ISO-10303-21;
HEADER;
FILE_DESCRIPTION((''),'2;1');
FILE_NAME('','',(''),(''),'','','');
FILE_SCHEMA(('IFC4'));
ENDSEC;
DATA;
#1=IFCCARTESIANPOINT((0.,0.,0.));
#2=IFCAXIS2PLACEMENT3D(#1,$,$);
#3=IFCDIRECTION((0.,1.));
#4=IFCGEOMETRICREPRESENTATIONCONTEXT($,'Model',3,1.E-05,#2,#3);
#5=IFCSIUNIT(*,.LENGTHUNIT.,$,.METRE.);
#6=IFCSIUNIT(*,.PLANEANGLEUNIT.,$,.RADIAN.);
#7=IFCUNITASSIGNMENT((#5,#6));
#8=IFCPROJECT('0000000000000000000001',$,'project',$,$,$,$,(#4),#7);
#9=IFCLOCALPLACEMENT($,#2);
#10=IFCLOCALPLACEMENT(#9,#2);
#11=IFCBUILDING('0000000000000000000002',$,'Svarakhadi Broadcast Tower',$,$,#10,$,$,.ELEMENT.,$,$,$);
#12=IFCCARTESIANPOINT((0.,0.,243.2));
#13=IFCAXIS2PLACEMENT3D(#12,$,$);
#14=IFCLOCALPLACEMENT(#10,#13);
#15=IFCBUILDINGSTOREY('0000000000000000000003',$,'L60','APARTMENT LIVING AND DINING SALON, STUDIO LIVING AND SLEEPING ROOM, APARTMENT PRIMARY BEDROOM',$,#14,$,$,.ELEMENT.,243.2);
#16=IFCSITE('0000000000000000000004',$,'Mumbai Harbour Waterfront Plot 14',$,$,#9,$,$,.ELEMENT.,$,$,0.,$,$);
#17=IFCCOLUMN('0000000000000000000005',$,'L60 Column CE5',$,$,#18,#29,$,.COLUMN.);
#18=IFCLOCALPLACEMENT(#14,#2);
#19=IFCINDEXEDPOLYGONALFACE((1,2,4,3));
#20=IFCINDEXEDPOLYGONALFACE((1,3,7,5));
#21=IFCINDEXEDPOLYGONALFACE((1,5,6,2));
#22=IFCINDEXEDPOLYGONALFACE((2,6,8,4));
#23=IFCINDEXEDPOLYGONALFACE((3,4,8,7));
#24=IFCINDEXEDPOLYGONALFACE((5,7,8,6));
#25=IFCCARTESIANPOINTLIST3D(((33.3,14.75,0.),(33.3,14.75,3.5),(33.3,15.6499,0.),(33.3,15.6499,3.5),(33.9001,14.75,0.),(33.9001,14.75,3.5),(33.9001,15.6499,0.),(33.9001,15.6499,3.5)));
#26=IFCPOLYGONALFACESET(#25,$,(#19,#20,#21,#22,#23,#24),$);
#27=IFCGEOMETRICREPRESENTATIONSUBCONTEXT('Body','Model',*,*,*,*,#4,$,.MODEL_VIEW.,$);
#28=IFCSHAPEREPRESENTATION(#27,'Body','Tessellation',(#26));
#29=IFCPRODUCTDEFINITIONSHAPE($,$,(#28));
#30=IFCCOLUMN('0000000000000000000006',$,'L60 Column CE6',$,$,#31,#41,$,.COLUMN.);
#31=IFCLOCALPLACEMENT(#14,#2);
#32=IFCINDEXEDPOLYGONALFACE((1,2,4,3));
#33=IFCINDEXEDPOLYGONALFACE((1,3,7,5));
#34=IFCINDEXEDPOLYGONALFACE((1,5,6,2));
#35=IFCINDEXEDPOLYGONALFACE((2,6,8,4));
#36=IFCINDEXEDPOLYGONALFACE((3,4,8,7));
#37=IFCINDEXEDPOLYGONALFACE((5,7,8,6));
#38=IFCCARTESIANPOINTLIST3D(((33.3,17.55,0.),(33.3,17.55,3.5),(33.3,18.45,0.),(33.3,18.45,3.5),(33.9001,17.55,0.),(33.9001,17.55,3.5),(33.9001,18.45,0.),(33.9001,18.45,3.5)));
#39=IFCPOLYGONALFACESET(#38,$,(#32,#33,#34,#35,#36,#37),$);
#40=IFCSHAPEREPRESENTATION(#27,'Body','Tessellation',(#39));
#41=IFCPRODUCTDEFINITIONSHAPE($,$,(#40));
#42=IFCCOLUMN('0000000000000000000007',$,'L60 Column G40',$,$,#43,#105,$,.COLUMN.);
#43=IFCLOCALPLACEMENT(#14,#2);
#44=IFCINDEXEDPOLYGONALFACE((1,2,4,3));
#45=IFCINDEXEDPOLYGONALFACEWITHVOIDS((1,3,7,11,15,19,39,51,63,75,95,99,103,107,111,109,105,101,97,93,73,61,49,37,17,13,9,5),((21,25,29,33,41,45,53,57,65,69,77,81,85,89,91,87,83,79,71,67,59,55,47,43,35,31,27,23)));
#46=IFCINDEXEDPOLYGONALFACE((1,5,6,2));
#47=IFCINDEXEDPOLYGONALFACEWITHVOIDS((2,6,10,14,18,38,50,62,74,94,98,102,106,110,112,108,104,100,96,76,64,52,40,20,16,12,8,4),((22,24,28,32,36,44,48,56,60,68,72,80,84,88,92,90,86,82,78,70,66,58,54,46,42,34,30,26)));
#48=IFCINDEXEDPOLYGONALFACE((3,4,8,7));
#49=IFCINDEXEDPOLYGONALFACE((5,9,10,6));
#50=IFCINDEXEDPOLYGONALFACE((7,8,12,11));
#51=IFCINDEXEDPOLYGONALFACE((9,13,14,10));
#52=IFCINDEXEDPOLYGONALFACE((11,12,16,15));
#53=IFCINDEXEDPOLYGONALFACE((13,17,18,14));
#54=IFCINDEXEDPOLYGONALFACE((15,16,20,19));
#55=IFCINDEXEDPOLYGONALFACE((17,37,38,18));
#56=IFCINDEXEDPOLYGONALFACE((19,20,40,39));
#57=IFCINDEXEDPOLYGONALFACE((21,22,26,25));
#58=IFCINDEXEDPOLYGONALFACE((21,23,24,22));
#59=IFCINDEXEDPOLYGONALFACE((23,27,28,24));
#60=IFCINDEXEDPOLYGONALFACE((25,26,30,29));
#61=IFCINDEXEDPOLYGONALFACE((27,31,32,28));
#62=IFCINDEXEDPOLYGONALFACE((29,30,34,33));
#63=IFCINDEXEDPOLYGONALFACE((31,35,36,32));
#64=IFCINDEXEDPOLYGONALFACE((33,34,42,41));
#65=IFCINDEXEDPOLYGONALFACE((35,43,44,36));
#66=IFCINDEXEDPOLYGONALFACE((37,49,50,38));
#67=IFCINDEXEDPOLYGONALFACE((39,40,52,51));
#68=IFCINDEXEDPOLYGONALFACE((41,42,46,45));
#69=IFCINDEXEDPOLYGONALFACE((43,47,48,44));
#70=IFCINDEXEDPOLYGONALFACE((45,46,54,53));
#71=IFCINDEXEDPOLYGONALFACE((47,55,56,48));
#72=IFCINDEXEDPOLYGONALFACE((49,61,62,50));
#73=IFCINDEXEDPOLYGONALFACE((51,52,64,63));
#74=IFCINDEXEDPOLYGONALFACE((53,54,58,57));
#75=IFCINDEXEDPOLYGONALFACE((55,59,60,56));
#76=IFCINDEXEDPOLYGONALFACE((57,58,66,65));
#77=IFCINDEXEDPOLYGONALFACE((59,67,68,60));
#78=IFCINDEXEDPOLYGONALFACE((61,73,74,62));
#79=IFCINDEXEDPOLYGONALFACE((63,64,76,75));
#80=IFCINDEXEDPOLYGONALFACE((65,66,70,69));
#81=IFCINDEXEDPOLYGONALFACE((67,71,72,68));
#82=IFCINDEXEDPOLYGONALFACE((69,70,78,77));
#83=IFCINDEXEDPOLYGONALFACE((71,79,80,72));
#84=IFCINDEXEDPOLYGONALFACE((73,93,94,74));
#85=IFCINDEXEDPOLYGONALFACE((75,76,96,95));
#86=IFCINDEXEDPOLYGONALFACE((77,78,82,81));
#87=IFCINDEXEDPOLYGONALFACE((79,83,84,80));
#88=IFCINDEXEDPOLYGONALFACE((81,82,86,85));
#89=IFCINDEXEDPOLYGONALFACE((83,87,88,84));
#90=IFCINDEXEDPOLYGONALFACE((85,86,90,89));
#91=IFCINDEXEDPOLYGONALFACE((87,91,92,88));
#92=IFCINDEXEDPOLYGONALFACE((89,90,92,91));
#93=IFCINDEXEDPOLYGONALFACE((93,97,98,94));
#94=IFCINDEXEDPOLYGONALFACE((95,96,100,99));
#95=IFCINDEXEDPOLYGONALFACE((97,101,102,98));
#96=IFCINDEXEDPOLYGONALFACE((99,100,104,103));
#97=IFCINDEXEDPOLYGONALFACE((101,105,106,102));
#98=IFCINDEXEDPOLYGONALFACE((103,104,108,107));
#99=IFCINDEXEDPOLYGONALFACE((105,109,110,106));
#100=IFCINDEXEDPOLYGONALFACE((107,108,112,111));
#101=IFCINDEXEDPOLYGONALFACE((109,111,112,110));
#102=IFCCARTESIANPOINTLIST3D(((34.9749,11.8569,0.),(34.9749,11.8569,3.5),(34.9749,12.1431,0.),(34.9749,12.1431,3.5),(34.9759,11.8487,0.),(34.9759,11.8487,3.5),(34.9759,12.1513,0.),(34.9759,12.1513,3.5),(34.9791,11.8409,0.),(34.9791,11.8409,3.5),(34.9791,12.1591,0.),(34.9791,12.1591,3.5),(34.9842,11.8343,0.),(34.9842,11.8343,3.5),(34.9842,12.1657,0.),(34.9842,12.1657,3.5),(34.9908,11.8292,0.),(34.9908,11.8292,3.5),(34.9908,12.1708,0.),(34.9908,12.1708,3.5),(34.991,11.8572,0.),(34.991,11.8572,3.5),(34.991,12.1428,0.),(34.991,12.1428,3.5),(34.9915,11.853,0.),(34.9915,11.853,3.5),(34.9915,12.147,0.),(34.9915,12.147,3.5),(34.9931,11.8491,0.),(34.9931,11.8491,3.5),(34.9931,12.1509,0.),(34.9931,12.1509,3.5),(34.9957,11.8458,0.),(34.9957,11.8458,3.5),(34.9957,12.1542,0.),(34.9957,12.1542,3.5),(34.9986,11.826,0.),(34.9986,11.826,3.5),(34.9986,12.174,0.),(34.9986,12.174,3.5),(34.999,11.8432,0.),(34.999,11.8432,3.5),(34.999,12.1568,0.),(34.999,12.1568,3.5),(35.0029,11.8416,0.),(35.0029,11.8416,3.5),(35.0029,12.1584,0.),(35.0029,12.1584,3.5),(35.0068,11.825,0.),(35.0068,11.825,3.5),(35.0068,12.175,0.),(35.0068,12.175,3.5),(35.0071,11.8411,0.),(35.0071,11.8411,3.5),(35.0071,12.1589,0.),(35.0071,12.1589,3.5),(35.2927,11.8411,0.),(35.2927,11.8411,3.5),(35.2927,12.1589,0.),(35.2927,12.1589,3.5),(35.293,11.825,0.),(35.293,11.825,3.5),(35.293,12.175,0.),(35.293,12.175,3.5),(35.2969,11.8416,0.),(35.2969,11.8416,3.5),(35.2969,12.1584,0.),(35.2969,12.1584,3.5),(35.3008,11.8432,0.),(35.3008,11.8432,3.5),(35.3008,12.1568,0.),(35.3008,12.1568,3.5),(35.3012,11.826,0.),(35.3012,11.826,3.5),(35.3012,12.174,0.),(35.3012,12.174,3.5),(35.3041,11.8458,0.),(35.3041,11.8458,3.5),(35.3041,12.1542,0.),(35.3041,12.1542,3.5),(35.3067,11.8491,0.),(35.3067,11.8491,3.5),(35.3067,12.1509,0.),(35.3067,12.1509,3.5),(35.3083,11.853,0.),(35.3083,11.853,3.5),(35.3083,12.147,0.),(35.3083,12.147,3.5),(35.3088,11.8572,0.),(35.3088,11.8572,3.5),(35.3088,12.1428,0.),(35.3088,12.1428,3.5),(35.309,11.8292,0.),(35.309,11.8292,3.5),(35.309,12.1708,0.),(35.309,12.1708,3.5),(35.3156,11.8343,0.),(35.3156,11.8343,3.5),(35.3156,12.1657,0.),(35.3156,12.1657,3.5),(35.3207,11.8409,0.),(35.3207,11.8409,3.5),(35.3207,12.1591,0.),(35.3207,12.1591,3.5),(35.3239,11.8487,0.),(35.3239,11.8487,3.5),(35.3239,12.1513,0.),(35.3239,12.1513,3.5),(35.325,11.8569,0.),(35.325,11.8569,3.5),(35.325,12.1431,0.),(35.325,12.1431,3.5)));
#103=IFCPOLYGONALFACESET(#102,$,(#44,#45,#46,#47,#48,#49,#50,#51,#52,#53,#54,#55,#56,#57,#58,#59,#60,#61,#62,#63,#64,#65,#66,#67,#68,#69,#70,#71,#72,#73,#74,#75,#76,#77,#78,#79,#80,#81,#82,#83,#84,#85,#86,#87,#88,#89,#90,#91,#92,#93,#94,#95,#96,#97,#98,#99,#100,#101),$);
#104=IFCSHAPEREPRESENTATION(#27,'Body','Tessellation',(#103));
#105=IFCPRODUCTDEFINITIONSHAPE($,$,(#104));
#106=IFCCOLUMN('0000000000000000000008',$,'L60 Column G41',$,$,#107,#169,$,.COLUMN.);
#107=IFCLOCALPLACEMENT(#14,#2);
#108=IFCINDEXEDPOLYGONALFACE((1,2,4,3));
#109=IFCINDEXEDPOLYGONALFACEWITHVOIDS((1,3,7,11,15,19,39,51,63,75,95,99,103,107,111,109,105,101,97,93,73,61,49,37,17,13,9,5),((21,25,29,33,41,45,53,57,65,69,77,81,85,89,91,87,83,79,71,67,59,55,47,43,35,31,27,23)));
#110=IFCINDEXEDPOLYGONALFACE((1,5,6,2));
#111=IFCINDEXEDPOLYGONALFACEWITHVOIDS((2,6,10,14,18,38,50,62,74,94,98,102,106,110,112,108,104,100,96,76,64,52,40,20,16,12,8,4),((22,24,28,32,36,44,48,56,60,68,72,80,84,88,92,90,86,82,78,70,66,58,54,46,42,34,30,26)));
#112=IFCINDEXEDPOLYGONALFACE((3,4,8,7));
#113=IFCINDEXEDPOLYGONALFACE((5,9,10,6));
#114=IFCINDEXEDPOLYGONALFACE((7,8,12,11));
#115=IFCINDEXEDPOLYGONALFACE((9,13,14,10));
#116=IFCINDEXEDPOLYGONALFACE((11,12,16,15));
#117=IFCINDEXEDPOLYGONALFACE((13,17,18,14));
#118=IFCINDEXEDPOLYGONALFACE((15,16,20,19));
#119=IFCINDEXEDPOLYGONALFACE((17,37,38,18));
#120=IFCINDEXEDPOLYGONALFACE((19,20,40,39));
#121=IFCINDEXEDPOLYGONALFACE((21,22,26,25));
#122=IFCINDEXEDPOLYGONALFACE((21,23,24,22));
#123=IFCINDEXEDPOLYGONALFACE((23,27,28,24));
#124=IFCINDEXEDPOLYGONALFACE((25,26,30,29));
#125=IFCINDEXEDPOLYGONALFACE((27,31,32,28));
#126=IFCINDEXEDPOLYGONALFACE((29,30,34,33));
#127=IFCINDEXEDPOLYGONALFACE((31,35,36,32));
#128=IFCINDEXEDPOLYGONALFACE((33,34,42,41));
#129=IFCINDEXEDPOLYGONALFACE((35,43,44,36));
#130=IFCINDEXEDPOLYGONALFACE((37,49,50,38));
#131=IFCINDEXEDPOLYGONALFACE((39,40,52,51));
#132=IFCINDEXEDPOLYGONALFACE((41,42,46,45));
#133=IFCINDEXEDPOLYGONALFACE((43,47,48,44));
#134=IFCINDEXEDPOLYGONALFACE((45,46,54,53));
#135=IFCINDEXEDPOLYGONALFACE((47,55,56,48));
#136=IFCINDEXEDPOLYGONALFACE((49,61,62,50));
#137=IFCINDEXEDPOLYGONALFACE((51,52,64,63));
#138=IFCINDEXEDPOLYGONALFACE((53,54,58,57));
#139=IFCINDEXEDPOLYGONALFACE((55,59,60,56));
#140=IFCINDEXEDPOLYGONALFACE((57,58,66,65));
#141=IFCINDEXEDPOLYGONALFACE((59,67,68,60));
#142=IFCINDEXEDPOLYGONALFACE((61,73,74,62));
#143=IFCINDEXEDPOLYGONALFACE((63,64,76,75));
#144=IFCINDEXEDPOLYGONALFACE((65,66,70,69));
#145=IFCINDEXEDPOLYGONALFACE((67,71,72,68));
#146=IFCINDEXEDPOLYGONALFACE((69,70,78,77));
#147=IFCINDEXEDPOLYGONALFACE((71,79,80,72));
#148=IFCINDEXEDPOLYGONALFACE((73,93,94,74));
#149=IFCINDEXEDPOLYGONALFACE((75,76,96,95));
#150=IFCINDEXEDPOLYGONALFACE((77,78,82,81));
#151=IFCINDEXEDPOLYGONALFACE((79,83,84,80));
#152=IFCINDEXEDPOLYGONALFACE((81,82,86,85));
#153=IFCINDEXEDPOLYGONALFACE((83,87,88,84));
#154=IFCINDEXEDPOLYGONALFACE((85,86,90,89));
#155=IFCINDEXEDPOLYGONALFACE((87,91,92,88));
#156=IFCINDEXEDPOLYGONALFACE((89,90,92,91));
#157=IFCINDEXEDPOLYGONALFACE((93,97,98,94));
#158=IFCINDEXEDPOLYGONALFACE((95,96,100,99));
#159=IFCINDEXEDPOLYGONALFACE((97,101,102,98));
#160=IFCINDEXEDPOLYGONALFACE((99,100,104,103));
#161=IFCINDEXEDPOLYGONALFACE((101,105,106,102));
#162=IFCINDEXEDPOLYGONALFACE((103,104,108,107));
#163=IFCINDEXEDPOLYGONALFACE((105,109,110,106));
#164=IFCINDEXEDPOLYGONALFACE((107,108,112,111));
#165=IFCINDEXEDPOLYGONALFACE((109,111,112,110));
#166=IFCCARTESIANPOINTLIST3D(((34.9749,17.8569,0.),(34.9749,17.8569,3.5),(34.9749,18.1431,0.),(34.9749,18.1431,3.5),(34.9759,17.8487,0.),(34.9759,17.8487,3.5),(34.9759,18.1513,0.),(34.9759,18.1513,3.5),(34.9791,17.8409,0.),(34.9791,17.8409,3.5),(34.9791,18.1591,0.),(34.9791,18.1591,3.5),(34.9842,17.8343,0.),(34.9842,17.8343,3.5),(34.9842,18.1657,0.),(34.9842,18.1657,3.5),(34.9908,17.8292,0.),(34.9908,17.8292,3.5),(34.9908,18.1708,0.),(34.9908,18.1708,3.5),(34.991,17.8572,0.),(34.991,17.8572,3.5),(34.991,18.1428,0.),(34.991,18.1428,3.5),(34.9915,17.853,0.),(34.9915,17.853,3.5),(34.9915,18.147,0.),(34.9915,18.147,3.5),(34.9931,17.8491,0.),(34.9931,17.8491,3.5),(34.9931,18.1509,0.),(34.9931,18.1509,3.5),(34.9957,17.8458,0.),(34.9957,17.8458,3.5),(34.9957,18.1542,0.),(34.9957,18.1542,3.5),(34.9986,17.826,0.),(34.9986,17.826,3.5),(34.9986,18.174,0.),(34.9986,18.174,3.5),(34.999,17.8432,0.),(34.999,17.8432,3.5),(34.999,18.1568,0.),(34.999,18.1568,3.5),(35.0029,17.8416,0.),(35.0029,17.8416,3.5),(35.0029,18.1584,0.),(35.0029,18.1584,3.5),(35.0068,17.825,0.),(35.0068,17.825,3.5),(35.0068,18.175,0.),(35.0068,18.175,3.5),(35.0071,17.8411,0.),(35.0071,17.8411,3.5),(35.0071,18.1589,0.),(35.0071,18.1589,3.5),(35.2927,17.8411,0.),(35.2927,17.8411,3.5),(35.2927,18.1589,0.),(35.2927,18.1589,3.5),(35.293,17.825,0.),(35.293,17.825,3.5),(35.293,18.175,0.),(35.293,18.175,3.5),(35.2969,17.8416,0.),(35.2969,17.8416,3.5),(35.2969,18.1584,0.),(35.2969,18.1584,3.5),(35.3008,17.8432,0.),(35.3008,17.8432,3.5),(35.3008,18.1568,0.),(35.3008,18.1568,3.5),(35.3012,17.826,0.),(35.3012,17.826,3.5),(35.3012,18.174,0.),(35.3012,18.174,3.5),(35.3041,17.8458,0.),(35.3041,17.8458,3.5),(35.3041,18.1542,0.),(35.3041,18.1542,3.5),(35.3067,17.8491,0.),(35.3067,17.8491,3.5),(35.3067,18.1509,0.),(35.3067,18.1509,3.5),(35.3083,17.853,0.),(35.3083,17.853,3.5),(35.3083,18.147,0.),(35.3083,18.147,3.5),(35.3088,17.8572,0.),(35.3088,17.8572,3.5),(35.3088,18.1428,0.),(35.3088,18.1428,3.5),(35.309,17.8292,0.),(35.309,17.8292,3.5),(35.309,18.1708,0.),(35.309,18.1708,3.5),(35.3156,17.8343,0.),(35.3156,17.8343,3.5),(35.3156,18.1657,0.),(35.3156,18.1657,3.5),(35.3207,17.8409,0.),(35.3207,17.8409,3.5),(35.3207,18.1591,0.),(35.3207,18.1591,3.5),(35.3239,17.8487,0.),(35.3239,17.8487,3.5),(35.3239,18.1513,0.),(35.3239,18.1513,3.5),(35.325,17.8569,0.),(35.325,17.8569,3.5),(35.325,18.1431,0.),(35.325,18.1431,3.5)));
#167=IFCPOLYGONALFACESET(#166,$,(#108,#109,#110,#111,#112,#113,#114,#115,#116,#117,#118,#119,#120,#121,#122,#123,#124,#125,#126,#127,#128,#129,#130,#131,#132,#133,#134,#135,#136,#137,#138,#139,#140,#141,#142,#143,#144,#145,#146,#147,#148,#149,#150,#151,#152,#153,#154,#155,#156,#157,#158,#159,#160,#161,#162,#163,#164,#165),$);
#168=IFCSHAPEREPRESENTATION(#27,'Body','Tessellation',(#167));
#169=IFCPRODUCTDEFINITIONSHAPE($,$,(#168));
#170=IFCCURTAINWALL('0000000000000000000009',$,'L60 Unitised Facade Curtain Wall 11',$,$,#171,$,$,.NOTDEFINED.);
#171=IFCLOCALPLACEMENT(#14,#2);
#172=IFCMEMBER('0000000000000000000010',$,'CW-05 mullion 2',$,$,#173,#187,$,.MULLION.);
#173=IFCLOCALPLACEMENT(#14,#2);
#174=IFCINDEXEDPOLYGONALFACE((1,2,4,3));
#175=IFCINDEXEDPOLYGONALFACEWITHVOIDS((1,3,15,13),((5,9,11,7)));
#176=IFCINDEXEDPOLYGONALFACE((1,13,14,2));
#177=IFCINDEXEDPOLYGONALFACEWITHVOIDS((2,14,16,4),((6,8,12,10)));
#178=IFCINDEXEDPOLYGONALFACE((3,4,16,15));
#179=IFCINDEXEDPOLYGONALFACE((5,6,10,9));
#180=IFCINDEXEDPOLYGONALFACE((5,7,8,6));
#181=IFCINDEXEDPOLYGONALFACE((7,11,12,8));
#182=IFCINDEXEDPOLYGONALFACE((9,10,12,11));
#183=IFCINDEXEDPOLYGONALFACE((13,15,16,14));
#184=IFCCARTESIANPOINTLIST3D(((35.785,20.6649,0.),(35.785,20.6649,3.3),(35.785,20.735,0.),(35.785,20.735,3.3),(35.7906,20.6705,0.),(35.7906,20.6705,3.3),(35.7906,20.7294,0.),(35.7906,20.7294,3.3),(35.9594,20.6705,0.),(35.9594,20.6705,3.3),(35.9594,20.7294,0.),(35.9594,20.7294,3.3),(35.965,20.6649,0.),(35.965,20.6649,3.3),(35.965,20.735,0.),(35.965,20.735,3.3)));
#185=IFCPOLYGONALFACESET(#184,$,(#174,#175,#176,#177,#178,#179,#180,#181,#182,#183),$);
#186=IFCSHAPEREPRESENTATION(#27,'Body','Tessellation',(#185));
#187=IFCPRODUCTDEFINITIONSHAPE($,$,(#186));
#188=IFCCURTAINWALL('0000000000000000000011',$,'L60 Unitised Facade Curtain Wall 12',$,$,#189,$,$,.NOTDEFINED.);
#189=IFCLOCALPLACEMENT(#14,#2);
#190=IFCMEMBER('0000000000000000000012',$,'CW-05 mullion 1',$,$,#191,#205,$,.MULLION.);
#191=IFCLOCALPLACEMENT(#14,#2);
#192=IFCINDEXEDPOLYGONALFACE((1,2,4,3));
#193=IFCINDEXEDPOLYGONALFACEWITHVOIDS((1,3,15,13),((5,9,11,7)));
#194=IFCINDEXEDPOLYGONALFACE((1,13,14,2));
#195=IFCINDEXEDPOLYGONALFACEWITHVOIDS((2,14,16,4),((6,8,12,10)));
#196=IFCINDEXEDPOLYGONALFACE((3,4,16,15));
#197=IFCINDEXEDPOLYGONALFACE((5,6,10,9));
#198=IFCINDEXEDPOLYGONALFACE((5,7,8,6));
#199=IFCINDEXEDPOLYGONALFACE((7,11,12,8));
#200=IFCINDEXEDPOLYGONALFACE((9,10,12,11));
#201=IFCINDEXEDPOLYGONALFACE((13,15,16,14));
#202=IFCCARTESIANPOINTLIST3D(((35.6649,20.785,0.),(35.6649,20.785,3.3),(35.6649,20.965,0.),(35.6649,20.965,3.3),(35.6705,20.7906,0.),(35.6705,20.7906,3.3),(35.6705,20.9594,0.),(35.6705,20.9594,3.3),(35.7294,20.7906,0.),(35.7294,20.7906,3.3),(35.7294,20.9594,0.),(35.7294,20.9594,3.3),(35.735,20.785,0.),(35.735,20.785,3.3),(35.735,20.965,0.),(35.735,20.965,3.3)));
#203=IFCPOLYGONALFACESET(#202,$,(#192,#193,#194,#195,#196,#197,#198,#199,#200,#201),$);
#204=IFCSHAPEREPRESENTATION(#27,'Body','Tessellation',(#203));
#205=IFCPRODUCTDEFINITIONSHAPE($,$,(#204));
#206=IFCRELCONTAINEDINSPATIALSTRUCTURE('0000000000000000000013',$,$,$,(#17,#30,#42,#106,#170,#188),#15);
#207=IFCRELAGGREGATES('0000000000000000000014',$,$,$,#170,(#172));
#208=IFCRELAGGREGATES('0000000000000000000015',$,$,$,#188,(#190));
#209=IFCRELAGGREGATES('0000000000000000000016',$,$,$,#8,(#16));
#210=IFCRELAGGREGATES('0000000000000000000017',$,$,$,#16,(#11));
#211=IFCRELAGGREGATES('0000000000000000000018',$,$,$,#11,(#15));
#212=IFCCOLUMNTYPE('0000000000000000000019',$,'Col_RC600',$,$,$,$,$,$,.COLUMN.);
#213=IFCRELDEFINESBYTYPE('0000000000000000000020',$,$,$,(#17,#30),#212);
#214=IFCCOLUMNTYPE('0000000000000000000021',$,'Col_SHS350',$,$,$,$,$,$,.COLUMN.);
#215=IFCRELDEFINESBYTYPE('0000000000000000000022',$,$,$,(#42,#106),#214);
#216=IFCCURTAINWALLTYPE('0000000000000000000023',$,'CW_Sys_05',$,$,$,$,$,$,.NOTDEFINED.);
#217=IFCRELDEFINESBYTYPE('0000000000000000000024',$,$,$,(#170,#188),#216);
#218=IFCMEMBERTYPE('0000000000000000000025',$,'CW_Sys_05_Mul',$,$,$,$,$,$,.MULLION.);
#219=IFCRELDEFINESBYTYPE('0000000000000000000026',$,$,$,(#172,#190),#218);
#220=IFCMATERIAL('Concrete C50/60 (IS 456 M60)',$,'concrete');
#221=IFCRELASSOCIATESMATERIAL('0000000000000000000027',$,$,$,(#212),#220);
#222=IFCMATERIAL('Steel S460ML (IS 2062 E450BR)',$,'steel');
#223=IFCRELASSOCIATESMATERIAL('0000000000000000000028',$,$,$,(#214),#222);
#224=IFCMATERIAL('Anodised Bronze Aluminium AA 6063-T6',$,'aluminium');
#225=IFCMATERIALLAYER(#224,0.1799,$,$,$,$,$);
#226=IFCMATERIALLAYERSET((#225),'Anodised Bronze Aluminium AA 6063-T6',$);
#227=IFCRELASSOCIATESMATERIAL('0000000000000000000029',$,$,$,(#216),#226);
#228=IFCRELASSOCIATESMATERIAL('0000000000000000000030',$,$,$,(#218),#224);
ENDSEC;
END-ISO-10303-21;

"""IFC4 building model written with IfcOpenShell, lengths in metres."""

from ifc_helpers import new_model, si_unit, direction, frame, origin, origin_2d, place, context, subcontext, project, spatial, rectangle, hollow_rectangle, extrude, material, layer, layer_set, material_profile, profile_set, type_object, element, aggregate, save


model = new_model("IFC4")

# Units and contexts
model_context = context("Model", 3, precision=1e-05, world=origin(), true_north=direction((0.0, 1.0)))
body_context = subcontext(model_context, "Body", "Model", "MODEL_VIEW")
ifc_project = project(units=[si_unit("LENGTHUNIT", "METRE"), si_unit("PLANEANGLEUNIT", "RADIAN")], contexts=[model_context])

# Site, building, storey
site_placement = place(None, origin())
site = spatial("IfcSite", under=ifc_project, at=site_placement, Name="Mumbai Harbour Waterfront Plot 14", CompositionType="ELEMENT", RefElevation=0.0)
building_placement = place(site_placement, origin())
building = spatial("IfcBuilding", under=site, at=building_placement, Name="Svarakhadi Broadcast Tower", CompositionType="ELEMENT")
storey_placement = place(building_placement, frame((0.0, 0.0, 243.2)))
storey = spatial("IfcBuildingStorey", under=building, at=storey_placement, Name="L60", Description="APARTMENT LIVING AND DINING SALON, STUDIO LIVING AND SLEEPING ROOM, APARTMENT PRIMARY BEDROOM", CompositionType="ELEMENT", Elevation=243.2)

# Columns
ifc_material_1 = material(Name="Concrete C50/60 (IS 456 M60)", Category="concrete")
ifc_material_profile_1 = material_profile(ifc_material_1, rectangle(XDim=0.6001, YDim=0.8999, at=origin_2d()), Name="RC 600x900")
ifc_profile_set_1 = profile_set([ifc_material_profile_1], Name="Concrete C50/60 (IS 456 M60)")
column_type_1 = type_object("IfcColumnType", Name="Col_RC600", PredefinedType="COLUMN", material=ifc_profile_set_1)
for number, where, z_axis, x_axis, name in (
    (1, (33.6001, 15.2, 0.0), (0.0, 0.0, 1.0), (1.0, 0.0, 0.0), "L60 Column CE5"),
    (2, (33.6001, 18.0, 0.0), (0.0, 0.0, 1.0), (1.0, 0.0, 0.0), "L60 Column CE6"),
):
    element("IfcColumn", number, at=place(storey_placement, frame(where, z_axis=z_axis, x_axis=x_axis)), inside=storey, type_object=column_type_1, Name=name, PredefinedType="COLUMN", context=body_context, shape_type="SweptSolid", body=[
        extrude(rectangle(XDim=0.6001, YDim=0.8999, at=origin_2d()), origin(), (0.0, 0.0, 1.0), 3.5),
    ])
ifc_material_2 = material(Name="Steel S460ML (IS 2062 E450BR)", Category="steel")
ifc_material_profile_2 = material_profile(ifc_material_2, hollow_rectangle(XDim=0.3501, YDim=0.3501, WallThickness=0.0161, InnerFilletRadius=0.0161, OuterFilletRadius=0.032, at=origin_2d()), Name="SHS 350x350x16")
ifc_profile_set_2 = profile_set([ifc_material_profile_2], Name="Steel S460ML (IS 2062 E450BR)")
column_type_2 = type_object("IfcColumnType", Name="Col_SHS350", PredefinedType="COLUMN", material=ifc_profile_set_2)
for number, where, z_axis, x_axis, name in (
    (3, (35.1499, 12.0, 0.0), (0.0, 0.0, 1.0), (1.0, 0.0, 0.0), "L60 Column G40"),
    (4, (35.1499, 18.0, 0.0), (0.0, 0.0, 1.0), (1.0, 0.0, 0.0), "L60 Column G41"),
):
    element("IfcColumn", number, at=place(storey_placement, frame(where, z_axis=z_axis, x_axis=x_axis)), inside=storey, type_object=column_type_2, Name=name, PredefinedType="COLUMN", context=body_context, shape_type="SweptSolid", body=[
        extrude(hollow_rectangle(XDim=0.3501, YDim=0.3501, WallThickness=0.0161, InnerFilletRadius=0.0161, OuterFilletRadius=0.032, at=origin_2d()), origin(), (0.0, 0.0, 1.0), 3.5),
    ])

# Curtain wall, member
ifc_material_3 = material(Name="Anodised Bronze Aluminium AA 6063-T6", Category="aluminium")
ifc_layer_1 = layer(ifc_material_3, 0.1799)
ifc_layer_set_1 = layer_set([ifc_layer_1], Name="Anodised Bronze Aluminium AA 6063-T6")
curtain_wall_type = type_object("IfcCurtainWallType", Name="CW_Sys_05", PredefinedType="NOTDEFINED", material=ifc_layer_set_1)
curtain_wall_1_placement = place(storey_placement, origin())
curtain_wall_1 = element("IfcCurtainWall", 5, at=curtain_wall_1_placement, inside=storey, type_object=curtain_wall_type, Name="L60 Unitised Facade Curtain Wall 11", PredefinedType="NOTDEFINED")
ifc_material_profile_3 = material_profile(ifc_material_3, hollow_rectangle(XDim=0.0701, YDim=0.1799, WallThickness=0.0056, at=origin_2d()), Name="ALU MULLION 180x70x6")
ifc_profile_set_3 = profile_set([ifc_material_profile_3], Name="Anodised Bronze Aluminium AA 6063-T6")
member_type_1 = type_object("IfcMemberType", Name="CW_Sys_05_Mul", PredefinedType="MULLION", material=ifc_profile_set_3)
member_1_placement = place(storey_placement, frame((35.875, 20.7, 0.0), z_axis=(0.0, 0.0, 1.0), x_axis=(0.0, 1.0, 0.0)))
member_1 = element("IfcMember", 6, at=member_1_placement, type_object=member_type_1, Name="CW-05 mullion 2", PredefinedType="MULLION", context=body_context, shape_type="SweptSolid", body=[
    extrude(hollow_rectangle(XDim=0.0701, YDim=0.1799, WallThickness=0.0056, at=origin_2d()), origin(), (0.0, 0.0, 1.0), 3.3),
])

# Curtain wall, member
curtain_wall_2_placement = place(storey_placement, origin())
curtain_wall_2 = element("IfcCurtainWall", 7, at=curtain_wall_2_placement, inside=storey, type_object=curtain_wall_type, Name="L60 Unitised Facade Curtain Wall 12", PredefinedType="NOTDEFINED")
member_2_placement = place(storey_placement, frame((35.7, 20.875, 0.0), z_axis=(0.0, 0.0, 1.0), x_axis=(1.0, 0.0, 0.0)))
member_2 = element("IfcMember", 8, at=member_2_placement, type_object=member_type_1, Name="CW-05 mullion 1", PredefinedType="MULLION", context=body_context, shape_type="SweptSolid", body=[
    extrude(hollow_rectangle(XDim=0.0701, YDim=0.1799, WallThickness=0.0056, at=origin_2d()), origin(), (0.0, 0.0, 1.0), 3.3),
])

aggregate(curtain_wall_1, [member_1])
aggregate(curtain_wall_2, [member_2])

save(model, "model.ifc")
